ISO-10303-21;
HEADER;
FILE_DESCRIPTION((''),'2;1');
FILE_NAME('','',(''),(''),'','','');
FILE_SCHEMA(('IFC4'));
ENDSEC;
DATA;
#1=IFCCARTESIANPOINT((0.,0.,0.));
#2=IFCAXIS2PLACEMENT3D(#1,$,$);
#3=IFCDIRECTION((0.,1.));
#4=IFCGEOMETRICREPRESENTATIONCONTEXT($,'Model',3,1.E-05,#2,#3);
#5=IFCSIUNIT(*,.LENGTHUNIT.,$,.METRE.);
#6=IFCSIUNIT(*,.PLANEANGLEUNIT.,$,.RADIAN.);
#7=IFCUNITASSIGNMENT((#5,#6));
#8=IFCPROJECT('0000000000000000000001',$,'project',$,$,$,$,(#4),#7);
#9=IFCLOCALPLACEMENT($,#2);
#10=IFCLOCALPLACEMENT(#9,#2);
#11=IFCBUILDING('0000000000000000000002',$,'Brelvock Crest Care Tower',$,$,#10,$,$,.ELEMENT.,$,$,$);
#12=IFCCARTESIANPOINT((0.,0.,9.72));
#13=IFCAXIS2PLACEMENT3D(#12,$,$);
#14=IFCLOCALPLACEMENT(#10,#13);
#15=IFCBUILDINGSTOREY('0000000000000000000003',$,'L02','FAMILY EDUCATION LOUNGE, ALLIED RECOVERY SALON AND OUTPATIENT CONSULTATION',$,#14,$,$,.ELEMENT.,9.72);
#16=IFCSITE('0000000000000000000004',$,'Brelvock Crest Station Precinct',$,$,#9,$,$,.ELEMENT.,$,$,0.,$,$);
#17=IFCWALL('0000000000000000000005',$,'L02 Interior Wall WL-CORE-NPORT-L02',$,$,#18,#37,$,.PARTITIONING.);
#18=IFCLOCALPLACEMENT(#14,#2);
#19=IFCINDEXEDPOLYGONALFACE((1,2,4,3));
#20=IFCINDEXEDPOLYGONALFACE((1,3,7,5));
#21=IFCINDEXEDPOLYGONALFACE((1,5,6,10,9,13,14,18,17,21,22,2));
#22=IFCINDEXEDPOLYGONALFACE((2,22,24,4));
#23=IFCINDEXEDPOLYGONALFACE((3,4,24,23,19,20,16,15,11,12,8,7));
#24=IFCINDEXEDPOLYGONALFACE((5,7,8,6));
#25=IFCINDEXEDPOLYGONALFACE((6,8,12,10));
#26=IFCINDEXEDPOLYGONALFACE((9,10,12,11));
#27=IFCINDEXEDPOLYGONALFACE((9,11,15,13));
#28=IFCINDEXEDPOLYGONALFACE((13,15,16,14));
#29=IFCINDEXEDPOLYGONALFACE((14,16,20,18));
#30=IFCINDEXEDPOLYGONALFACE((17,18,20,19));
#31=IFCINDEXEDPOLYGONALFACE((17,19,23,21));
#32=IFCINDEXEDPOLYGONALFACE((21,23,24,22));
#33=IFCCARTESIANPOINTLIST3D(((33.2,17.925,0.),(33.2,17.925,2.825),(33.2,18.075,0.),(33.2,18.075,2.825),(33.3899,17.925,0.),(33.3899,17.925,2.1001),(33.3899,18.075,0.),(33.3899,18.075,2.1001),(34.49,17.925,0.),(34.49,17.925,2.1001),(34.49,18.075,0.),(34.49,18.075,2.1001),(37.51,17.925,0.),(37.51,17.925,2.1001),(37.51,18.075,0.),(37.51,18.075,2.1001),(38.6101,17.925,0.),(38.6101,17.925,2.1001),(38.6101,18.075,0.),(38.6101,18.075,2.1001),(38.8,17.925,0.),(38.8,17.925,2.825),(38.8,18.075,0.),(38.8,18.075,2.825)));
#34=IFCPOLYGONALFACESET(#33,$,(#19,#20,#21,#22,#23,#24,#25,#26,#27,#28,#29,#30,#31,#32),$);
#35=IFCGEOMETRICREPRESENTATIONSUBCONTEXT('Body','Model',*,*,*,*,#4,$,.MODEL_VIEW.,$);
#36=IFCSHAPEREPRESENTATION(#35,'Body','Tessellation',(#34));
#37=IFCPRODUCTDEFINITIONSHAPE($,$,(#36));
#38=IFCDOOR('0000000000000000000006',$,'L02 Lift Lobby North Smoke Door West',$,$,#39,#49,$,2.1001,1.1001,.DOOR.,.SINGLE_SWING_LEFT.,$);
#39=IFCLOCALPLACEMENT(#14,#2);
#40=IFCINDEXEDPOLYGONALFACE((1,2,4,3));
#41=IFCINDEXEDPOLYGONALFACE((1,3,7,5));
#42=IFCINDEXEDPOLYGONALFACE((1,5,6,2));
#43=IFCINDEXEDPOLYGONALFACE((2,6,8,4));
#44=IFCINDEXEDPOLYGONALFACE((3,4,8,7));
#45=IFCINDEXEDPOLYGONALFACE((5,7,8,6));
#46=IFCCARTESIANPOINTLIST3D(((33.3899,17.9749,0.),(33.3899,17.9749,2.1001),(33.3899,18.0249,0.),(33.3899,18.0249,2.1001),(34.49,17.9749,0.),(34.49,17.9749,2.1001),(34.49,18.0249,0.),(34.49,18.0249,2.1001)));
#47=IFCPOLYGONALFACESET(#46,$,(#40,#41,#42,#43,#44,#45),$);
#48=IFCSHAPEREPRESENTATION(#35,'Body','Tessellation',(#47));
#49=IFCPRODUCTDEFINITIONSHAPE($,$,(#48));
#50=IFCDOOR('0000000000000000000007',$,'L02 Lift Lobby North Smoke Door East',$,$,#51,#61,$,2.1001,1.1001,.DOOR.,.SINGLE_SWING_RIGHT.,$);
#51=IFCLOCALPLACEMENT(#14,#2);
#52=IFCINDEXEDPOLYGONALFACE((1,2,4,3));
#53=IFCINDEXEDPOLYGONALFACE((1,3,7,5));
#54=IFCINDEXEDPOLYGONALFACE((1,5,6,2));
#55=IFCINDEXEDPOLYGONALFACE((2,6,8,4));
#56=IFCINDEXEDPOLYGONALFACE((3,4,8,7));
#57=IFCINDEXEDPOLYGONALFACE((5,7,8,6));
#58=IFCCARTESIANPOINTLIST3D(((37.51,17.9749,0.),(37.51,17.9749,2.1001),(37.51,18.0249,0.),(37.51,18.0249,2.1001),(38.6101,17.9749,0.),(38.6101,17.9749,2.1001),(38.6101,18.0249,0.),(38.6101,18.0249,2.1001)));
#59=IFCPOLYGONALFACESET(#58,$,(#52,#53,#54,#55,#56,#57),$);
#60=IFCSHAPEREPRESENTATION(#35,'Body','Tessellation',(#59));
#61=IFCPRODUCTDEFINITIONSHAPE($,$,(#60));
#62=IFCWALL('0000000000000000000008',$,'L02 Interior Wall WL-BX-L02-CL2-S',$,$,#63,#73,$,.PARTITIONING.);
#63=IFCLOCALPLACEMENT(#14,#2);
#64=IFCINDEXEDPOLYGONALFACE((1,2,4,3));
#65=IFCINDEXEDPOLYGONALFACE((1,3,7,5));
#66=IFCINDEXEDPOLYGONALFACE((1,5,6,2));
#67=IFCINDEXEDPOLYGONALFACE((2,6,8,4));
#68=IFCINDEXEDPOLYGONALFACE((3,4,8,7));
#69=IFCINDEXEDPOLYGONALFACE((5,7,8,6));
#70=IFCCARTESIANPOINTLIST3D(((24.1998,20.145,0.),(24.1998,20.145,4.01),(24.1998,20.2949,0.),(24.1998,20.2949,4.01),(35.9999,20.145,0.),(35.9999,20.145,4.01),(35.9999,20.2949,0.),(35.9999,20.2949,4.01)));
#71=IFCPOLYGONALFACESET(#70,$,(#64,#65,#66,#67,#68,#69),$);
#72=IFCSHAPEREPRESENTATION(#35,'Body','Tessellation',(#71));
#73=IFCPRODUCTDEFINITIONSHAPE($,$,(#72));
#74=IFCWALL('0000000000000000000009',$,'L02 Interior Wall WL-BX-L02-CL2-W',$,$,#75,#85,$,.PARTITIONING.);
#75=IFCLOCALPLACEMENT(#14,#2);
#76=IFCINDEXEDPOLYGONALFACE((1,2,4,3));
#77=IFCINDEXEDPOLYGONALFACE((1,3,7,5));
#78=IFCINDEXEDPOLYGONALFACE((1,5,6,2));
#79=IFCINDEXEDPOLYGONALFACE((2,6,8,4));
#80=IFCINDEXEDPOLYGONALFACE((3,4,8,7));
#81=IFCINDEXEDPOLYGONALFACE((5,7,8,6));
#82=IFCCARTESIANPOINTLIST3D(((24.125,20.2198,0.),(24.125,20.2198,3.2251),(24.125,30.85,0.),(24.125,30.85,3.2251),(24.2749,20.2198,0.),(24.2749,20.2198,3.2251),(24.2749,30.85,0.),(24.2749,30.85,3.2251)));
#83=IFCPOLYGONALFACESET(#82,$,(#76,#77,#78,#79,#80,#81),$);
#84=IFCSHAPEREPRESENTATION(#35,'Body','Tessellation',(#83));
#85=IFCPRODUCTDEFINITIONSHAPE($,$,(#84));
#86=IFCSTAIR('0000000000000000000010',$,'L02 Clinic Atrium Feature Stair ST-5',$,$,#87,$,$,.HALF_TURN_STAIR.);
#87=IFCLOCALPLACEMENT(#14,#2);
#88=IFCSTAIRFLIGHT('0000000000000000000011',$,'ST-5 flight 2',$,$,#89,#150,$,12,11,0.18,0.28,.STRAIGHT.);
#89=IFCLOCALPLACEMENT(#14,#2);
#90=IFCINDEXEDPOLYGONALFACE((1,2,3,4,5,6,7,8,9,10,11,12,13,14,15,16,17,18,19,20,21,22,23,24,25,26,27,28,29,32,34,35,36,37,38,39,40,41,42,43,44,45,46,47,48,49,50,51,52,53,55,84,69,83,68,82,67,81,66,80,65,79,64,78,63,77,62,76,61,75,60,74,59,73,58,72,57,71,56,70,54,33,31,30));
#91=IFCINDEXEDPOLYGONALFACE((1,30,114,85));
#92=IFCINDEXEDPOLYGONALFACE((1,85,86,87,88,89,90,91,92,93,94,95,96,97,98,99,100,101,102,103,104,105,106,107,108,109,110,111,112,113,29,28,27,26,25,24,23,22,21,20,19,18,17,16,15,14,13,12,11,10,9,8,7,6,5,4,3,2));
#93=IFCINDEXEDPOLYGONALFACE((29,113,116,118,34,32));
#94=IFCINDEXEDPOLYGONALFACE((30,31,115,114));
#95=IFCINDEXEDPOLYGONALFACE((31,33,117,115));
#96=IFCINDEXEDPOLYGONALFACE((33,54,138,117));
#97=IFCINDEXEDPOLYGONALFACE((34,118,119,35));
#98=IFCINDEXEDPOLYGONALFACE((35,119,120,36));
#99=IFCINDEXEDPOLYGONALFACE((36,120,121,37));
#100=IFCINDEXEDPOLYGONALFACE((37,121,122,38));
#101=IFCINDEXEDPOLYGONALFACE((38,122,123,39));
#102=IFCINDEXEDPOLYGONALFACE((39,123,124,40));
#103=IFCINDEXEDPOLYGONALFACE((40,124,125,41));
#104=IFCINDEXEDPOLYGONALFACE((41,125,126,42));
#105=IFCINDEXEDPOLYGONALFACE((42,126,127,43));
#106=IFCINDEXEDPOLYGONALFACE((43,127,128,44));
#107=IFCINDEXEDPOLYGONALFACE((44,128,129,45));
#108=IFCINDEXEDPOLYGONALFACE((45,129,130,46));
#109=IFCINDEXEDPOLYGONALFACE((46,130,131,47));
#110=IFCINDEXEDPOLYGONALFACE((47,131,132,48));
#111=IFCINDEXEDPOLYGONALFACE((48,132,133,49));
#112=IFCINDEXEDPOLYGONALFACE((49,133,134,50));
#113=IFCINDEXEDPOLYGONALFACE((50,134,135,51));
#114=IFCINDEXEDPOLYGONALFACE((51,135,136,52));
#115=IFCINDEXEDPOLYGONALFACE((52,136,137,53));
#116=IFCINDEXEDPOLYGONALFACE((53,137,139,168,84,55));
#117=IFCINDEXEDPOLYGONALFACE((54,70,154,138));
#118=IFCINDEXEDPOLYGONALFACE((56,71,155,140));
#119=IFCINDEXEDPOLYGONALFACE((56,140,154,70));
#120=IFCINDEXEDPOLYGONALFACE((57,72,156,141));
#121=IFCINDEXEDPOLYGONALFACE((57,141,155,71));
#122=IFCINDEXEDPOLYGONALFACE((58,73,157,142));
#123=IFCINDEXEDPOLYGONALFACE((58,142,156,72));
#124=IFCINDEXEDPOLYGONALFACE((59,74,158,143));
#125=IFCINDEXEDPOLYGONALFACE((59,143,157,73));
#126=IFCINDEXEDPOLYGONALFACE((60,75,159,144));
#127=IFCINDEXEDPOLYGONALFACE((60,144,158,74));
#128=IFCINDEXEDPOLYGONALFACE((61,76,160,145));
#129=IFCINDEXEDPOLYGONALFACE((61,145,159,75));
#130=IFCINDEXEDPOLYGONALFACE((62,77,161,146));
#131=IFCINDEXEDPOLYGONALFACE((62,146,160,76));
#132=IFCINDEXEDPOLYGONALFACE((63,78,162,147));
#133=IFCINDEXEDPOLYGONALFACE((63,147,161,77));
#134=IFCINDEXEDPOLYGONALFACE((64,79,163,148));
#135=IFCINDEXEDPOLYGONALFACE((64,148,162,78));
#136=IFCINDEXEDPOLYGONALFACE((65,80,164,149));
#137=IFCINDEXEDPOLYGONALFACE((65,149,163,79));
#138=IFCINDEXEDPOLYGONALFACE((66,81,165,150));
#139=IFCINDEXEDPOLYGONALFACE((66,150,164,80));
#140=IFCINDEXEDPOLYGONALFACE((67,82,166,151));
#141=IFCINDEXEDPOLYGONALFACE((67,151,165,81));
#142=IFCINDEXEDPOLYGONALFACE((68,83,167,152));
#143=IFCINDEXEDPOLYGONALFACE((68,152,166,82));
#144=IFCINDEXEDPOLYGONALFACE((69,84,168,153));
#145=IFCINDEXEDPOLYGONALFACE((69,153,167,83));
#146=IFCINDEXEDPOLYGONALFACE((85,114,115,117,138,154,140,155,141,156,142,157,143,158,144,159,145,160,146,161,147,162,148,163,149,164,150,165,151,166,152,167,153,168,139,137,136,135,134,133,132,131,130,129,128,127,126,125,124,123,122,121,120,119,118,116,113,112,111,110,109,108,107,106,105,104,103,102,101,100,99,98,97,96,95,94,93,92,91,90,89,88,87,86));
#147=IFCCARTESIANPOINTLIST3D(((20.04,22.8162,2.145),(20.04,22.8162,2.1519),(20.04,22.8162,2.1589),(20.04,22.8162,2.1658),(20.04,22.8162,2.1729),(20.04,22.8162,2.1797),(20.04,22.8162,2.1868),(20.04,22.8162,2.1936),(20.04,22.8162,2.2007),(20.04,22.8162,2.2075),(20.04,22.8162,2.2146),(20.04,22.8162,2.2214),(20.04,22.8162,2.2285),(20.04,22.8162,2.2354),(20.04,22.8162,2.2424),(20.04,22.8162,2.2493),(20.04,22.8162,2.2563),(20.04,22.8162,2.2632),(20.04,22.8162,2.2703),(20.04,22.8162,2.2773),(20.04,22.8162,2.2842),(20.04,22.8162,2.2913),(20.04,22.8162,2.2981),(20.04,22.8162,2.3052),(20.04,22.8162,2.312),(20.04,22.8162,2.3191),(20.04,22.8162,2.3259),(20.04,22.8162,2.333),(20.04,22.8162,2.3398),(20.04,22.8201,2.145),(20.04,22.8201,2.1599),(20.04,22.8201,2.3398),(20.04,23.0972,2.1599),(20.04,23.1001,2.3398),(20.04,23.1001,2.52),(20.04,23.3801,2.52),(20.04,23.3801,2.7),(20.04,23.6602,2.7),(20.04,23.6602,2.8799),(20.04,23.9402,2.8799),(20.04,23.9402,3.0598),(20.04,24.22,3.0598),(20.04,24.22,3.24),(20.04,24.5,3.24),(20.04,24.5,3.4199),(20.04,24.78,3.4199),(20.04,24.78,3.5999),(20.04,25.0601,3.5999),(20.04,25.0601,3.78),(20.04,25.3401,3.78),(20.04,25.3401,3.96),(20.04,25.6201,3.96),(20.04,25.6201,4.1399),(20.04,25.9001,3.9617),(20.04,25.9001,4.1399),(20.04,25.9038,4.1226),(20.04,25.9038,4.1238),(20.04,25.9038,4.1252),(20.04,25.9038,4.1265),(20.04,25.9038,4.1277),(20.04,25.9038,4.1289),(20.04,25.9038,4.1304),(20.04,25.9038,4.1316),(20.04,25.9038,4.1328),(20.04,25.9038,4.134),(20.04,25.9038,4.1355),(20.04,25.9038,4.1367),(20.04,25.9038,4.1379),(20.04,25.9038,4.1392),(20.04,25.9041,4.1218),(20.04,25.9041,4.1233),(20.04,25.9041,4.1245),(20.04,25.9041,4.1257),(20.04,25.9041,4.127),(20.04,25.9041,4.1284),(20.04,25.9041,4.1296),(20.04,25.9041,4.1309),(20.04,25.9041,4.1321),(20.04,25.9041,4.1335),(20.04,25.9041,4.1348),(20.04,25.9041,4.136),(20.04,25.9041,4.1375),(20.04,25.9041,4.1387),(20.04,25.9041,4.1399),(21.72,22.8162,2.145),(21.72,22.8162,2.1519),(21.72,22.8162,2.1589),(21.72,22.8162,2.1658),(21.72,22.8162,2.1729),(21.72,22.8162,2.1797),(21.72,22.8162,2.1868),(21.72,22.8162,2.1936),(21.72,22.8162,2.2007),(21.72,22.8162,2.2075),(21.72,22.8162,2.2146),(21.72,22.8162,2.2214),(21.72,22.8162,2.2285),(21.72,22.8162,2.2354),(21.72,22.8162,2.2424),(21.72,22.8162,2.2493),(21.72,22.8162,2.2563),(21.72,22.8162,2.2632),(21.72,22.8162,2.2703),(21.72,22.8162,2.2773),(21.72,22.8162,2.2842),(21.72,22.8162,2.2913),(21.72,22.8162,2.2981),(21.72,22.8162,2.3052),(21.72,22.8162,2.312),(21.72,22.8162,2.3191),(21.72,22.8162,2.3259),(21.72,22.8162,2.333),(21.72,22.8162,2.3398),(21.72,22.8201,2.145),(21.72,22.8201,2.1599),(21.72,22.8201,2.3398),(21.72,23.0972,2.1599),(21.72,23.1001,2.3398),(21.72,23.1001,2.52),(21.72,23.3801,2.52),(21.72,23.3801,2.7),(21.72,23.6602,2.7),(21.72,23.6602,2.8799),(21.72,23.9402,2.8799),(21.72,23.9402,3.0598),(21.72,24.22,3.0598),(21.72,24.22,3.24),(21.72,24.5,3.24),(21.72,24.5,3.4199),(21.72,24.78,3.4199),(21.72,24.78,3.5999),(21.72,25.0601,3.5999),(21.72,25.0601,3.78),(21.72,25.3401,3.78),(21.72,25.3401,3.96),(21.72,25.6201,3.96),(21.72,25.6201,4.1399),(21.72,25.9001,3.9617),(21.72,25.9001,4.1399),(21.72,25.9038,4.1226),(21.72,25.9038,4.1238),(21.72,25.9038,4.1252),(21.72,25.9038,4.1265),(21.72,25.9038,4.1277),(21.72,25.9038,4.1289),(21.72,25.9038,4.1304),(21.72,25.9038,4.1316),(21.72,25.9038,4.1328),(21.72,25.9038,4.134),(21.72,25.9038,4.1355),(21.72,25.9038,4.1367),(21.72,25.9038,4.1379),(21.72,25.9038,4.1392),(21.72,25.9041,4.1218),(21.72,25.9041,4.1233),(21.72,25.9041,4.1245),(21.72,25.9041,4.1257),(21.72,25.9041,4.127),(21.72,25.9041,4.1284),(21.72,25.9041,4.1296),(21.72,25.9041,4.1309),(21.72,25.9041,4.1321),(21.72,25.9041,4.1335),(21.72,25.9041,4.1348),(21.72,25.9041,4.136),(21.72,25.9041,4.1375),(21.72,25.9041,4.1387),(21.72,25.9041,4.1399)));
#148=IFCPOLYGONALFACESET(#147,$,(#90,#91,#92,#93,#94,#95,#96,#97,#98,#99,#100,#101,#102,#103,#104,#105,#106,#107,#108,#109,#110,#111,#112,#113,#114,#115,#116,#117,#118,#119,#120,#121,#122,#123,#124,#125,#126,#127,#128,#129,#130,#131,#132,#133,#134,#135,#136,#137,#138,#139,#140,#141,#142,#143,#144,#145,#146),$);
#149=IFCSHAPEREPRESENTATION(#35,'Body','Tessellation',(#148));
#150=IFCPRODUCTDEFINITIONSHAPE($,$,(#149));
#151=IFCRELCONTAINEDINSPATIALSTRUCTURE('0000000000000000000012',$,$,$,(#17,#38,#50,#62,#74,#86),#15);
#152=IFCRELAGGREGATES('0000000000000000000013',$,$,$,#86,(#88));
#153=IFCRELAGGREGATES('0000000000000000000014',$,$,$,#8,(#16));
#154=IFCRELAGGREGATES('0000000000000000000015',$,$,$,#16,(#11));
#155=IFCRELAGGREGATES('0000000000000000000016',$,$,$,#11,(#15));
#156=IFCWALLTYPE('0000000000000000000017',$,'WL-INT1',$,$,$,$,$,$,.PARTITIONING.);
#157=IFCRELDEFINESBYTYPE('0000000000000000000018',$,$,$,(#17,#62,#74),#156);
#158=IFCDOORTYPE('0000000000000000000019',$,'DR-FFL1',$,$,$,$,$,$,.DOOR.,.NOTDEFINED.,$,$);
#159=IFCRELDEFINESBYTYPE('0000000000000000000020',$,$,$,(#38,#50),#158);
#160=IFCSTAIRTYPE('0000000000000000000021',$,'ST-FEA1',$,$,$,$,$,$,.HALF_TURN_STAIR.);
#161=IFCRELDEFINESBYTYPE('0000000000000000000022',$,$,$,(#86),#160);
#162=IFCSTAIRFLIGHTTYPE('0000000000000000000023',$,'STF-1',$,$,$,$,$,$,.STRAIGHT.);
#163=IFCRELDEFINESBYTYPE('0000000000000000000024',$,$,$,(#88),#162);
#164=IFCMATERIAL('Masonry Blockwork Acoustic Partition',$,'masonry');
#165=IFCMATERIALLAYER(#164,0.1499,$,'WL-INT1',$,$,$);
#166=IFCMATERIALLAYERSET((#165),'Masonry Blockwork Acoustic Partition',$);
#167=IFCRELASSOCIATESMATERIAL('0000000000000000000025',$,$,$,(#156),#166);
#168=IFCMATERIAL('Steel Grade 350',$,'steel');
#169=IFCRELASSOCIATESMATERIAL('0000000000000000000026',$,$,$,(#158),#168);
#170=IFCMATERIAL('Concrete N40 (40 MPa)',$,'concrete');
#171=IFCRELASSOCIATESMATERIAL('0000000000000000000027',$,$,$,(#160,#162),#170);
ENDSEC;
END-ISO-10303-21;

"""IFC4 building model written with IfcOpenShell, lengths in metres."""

from ifc_helpers import new_model, si_unit, direction, frame, frame_2d, origin, origin_2d, place, context, subcontext, project, spatial, polyline, rectangle, outline, extrude, source, transform, mapped, material, layer, layer_set, type_object, element, fill, aggregate, save


model = new_model("IFC4")

# Units and contexts
model_context = context("Model", 3, precision=1e-05, world=origin(), true_north=direction((0.0, 1.0)))
body_context = subcontext(model_context, "Body", "Model", "MODEL_VIEW")
ifc_project = project(units=[si_unit("LENGTHUNIT", "METRE"), si_unit("PLANEANGLEUNIT", "RADIAN")], contexts=[model_context])

# Site, building, storey
site_placement = place(None, origin())
site = spatial("IfcSite", under=ifc_project, at=site_placement, Name="Brelvock Crest Station Precinct", CompositionType="ELEMENT", RefElevation=0.0)
building_placement = place(site_placement, origin())
building = spatial("IfcBuilding", under=site, at=building_placement, Name="Brelvock Crest Care Tower", CompositionType="ELEMENT")
storey_placement = place(building_placement, frame((0.0, 0.0, 9.72)))
storey = spatial("IfcBuildingStorey", under=building, at=storey_placement, Name="L02", Description="FAMILY EDUCATION LOUNGE, ALLIED RECOVERY SALON AND OUTPATIENT CONSULTATION", CompositionType="ELEMENT", Elevation=9.72)

# Shared definitions
ifc_material_1 = material(Name="Steel Grade 350", Category="steel")

# Wall, openings, doors
ifc_material_2 = material(Name="Masonry Blockwork Acoustic Partition", Category="masonry")
ifc_layer_1 = layer(ifc_material_2, 0.1499, Name="WL-INT1")
ifc_layer_set_1 = layer_set([ifc_layer_1], Name="Masonry Blockwork Acoustic Partition")
wall_type = type_object("IfcWallType", Name="WL-INT1", PredefinedType="PARTITIONING", material=ifc_layer_set_1)
wall_1_placement = place(storey_placement, frame((33.2, 18.0, 0.0), z_axis=(0.0, 0.0, 1.0), x_axis=(1.0, 0.0, 0.0)))
wall_1 = element("IfcWall", 1, at=wall_1_placement, inside=storey, type_object=wall_type, Name="L02 Interior Wall WL-CORE-NPORT-L02", PredefinedType="PARTITIONING", context=body_context, shape_type="SweptSolid", body=[
    extrude(rectangle(XDim=5.6001, YDim=0.1499, at=frame_2d((2.8, 0.0))), origin(), (0.0, 0.0, 1.0), 2.825),
])
opening_1_placement = place(wall_1_placement, frame((0.1899, 0.0, 0.0)))
opening_1 = element("IfcOpeningElement", 2, at=opening_1_placement, cuts=wall_1, PredefinedType="OPENING", context=body_context, shape_type="SweptSolid", body=[
    extrude(rectangle(XDim=1.1001, YDim=2.1001, at=origin_2d()), frame((0.55, 0.085, 1.05), z_axis=(0.0, -1.0, 0.0), x_axis=(1.0, 0.0, 0.0)), (0.0, 0.0, 1.0), 0.1699),
])
opening_2_placement = place(wall_1_placement, frame((4.3101, 0.0, 0.0)))
opening_2 = element("IfcOpeningElement", 3, at=opening_2_placement, cuts=wall_1, PredefinedType="OPENING", context=body_context, shape_type="SweptSolid", body=[
    extrude(rectangle(XDim=1.1001, YDim=2.1001, at=origin_2d()), frame((0.55, 0.085, 1.05), z_axis=(0.0, -1.0, 0.0), x_axis=(1.0, 0.0, 0.0)), (0.0, 0.0, 1.0), 0.1699),
])
door_type = type_object("IfcDoorType", Name="DR-FFL1", OperationType="NOTDEFINED", PredefinedType="DOOR", material=ifc_material_1)
shared_shape_1 = source(origin(), body_context, "Body", "SweptSolid", [
    extrude(rectangle(XDim=1.1001, YDim=2.1001, at=origin_2d()), frame((0.55, 0.0249, 1.05), z_axis=(0.0, -1.0, 0.0), x_axis=(1.0, 0.0, 0.0)), (0.0, 0.0, 1.0), 0.05),
])
door_1_placement = place(opening_1_placement, origin())
door_1 = element("IfcDoor", 4, at=door_1_placement, inside=storey, type_object=door_type, Name="L02 Lift Lobby North Smoke Door West", OperationType="SINGLE_SWING_LEFT", OverallHeight=2.1001, OverallWidth=1.1001, PredefinedType="DOOR", context=body_context, shape_type="MappedRepresentation", body=[
    mapped(shared_shape_1, transform((0.0, 0.0, 0.0), x_axis=(1.0, 0.0, 0.0), y_axis=(0.0, 1.0, 0.0), z_axis=(0.0, 0.0, 1.0), scale=1.0)),
])
fill(opening_1, door_1)
door_2_placement = place(opening_2_placement, origin())
door_2 = element("IfcDoor", 5, at=door_2_placement, inside=storey, type_object=door_type, Name="L02 Lift Lobby North Smoke Door East", OperationType="SINGLE_SWING_RIGHT", OverallHeight=2.1001, OverallWidth=1.1001, PredefinedType="DOOR", context=body_context, shape_type="MappedRepresentation", body=[
    mapped(shared_shape_1, transform((0.0, 0.0, 0.0), x_axis=(1.0, 0.0, 0.0), y_axis=(0.0, 1.0, 0.0), z_axis=(0.0, 0.0, 1.0), scale=1.0)),
])
fill(opening_2, door_2)

# Walls
wall_2_placement = place(storey_placement, frame((24.2, 20.22, 0.0), z_axis=(0.0, 0.0, 1.0), x_axis=(1.0, 0.0, 0.0)))
element("IfcWall", 6, at=wall_2_placement, inside=storey, type_object=wall_type, Name="L02 Interior Wall WL-BX-L02-CL2-S", PredefinedType="PARTITIONING", context=body_context, shape_type="SweptSolid", body=[
    extrude(rectangle(XDim=11.8, YDim=0.1499, at=frame_2d((5.8999, 0.0))), origin(), (0.0, 0.0, 1.0), 4.01),
])
wall_3_placement = place(storey_placement, frame((24.2, 20.22, 0.0), z_axis=(0.0, 0.0, 1.0), x_axis=(0.0, 1.0, 0.0)))
element("IfcWall", 7, at=wall_3_placement, inside=storey, type_object=wall_type, Name="L02 Interior Wall WL-BX-L02-CL2-W", PredefinedType="PARTITIONING", context=body_context, shape_type="SweptSolid", body=[
    extrude(rectangle(XDim=10.6301, YDim=0.1499, at=frame_2d((5.3149, 0.0))), origin(), (0.0, 0.0, 1.0), 3.2251),
])

# Stair, stair flight
ifc_material_3 = material(Name="Concrete N40 (40 MPa)", Category="concrete")
stair_type = type_object("IfcStairType", Name="ST-FEA1", PredefinedType="HALF_TURN_STAIR", material=ifc_material_3)
stair_placement = place(storey_placement, origin())
stair = element("IfcStair", 8, at=stair_placement, inside=storey, type_object=stair_type, Name="L02 Clinic Atrium Feature Stair ST-5", PredefinedType="HALF_TURN_STAIR")
stair_flight_type = type_object("IfcStairFlightType", Name="STF-1", PredefinedType="STRAIGHT", material=ifc_material_3)
stair_flight_placement = place(storey_placement, frame((20.8799, 22.8201, 2.1599), z_axis=(0.0, 0.0, 1.0), x_axis=(0.0, 1.0, 0.0)))
stair_flight = element("IfcStairFlight", 9, at=stair_flight_placement, type_object=stair_flight_type, Name="ST-5 flight 2", NumberOfRisers=12, NumberOfTreads=11, PredefinedType="STRAIGHT", RiserHeight=0.18, TreadLength=0.28, context=body_context, shape_type="SweptSolid", body=[
    extrude(outline(polyline([(-0.0039, -0.0149), (-0.0039, -0.0081), (-0.0039, -0.001), (-0.0039, 0.0059), (-0.0039, 0.0129), (-0.0039, 0.0198), (-0.0039, 0.0269), (-0.0039, 0.0337), (-0.0039, 0.0408), (-0.0039, 0.0476), (-0.0039, 0.0547), (-0.0039, 0.0615), (-0.0039, 0.0686), (-0.0039, 0.0754), (-0.0039, 0.0825), (-0.0039, 0.0894), (-0.0039, 0.0964), (-0.0039, 0.1033), (-0.0039, 0.1104), (-0.0039, 0.1174), (-0.0039, 0.1243), (-0.0039, 0.1313), (-0.0039, 0.1382), (-0.0039, 0.1453), (-0.0039, 0.1521), (-0.0039, 0.1592), (-0.0039, 0.166), (-0.0039, 0.1731), (-0.0039, 0.1799), (0.0, 0.1799), (0.28, 0.1799), (0.28, 0.3601), (0.5601, 0.3601), (0.5601, 0.54), (0.8401, 0.54), (0.8401, 0.72), (1.1201, 0.72), (1.1201, 0.8999), (1.3999, 0.8999), (1.3999, 1.0801), (1.6799, 1.0801), (1.6799, 1.26), (1.96, 1.26), (1.96, 1.4399), (2.24, 1.4399), (2.24, 1.6201), (2.52, 1.6201), (2.52, 1.8), (2.8, 1.8), (2.8, 1.98), (3.0801, 1.98), (3.084, 1.98), (3.0837, 1.9792), (3.084, 1.9788), (3.0837, 1.978), (3.084, 1.9775), (3.0837, 1.9768), (3.084, 1.9761), (3.0837, 1.9756), (3.084, 1.9749), (3.0837, 1.9741), (3.084, 1.9736), (3.0837, 1.9729), (3.084, 1.9722), (3.0837, 1.9717), (3.084, 1.9709), (3.0837, 1.9705), (3.084, 1.9697), (3.0837, 1.969), (3.084, 1.9685), (3.0837, 1.9678), (3.084, 1.967), (3.0837, 1.9666), (3.084, 1.9658), (3.0837, 1.9653), (3.084, 1.9646), (3.0837, 1.9639), (3.084, 1.9634), (3.0837, 1.9626), (3.084, 1.9619), (3.0801, 1.8018), (0.2771, 0.0), (0.0, 0.0), (0.0, -0.0149), (-0.0039, -0.0149)])), frame((0.0, 0.8398, 0.0), z_axis=(0.0, -1.0, 0.0), x_axis=(1.0, 0.0, 0.0)), (0.0, 0.0, 1.0), 1.6799),
])
aggregate(stair, [stair_flight])

save(model, "model.ifc")
